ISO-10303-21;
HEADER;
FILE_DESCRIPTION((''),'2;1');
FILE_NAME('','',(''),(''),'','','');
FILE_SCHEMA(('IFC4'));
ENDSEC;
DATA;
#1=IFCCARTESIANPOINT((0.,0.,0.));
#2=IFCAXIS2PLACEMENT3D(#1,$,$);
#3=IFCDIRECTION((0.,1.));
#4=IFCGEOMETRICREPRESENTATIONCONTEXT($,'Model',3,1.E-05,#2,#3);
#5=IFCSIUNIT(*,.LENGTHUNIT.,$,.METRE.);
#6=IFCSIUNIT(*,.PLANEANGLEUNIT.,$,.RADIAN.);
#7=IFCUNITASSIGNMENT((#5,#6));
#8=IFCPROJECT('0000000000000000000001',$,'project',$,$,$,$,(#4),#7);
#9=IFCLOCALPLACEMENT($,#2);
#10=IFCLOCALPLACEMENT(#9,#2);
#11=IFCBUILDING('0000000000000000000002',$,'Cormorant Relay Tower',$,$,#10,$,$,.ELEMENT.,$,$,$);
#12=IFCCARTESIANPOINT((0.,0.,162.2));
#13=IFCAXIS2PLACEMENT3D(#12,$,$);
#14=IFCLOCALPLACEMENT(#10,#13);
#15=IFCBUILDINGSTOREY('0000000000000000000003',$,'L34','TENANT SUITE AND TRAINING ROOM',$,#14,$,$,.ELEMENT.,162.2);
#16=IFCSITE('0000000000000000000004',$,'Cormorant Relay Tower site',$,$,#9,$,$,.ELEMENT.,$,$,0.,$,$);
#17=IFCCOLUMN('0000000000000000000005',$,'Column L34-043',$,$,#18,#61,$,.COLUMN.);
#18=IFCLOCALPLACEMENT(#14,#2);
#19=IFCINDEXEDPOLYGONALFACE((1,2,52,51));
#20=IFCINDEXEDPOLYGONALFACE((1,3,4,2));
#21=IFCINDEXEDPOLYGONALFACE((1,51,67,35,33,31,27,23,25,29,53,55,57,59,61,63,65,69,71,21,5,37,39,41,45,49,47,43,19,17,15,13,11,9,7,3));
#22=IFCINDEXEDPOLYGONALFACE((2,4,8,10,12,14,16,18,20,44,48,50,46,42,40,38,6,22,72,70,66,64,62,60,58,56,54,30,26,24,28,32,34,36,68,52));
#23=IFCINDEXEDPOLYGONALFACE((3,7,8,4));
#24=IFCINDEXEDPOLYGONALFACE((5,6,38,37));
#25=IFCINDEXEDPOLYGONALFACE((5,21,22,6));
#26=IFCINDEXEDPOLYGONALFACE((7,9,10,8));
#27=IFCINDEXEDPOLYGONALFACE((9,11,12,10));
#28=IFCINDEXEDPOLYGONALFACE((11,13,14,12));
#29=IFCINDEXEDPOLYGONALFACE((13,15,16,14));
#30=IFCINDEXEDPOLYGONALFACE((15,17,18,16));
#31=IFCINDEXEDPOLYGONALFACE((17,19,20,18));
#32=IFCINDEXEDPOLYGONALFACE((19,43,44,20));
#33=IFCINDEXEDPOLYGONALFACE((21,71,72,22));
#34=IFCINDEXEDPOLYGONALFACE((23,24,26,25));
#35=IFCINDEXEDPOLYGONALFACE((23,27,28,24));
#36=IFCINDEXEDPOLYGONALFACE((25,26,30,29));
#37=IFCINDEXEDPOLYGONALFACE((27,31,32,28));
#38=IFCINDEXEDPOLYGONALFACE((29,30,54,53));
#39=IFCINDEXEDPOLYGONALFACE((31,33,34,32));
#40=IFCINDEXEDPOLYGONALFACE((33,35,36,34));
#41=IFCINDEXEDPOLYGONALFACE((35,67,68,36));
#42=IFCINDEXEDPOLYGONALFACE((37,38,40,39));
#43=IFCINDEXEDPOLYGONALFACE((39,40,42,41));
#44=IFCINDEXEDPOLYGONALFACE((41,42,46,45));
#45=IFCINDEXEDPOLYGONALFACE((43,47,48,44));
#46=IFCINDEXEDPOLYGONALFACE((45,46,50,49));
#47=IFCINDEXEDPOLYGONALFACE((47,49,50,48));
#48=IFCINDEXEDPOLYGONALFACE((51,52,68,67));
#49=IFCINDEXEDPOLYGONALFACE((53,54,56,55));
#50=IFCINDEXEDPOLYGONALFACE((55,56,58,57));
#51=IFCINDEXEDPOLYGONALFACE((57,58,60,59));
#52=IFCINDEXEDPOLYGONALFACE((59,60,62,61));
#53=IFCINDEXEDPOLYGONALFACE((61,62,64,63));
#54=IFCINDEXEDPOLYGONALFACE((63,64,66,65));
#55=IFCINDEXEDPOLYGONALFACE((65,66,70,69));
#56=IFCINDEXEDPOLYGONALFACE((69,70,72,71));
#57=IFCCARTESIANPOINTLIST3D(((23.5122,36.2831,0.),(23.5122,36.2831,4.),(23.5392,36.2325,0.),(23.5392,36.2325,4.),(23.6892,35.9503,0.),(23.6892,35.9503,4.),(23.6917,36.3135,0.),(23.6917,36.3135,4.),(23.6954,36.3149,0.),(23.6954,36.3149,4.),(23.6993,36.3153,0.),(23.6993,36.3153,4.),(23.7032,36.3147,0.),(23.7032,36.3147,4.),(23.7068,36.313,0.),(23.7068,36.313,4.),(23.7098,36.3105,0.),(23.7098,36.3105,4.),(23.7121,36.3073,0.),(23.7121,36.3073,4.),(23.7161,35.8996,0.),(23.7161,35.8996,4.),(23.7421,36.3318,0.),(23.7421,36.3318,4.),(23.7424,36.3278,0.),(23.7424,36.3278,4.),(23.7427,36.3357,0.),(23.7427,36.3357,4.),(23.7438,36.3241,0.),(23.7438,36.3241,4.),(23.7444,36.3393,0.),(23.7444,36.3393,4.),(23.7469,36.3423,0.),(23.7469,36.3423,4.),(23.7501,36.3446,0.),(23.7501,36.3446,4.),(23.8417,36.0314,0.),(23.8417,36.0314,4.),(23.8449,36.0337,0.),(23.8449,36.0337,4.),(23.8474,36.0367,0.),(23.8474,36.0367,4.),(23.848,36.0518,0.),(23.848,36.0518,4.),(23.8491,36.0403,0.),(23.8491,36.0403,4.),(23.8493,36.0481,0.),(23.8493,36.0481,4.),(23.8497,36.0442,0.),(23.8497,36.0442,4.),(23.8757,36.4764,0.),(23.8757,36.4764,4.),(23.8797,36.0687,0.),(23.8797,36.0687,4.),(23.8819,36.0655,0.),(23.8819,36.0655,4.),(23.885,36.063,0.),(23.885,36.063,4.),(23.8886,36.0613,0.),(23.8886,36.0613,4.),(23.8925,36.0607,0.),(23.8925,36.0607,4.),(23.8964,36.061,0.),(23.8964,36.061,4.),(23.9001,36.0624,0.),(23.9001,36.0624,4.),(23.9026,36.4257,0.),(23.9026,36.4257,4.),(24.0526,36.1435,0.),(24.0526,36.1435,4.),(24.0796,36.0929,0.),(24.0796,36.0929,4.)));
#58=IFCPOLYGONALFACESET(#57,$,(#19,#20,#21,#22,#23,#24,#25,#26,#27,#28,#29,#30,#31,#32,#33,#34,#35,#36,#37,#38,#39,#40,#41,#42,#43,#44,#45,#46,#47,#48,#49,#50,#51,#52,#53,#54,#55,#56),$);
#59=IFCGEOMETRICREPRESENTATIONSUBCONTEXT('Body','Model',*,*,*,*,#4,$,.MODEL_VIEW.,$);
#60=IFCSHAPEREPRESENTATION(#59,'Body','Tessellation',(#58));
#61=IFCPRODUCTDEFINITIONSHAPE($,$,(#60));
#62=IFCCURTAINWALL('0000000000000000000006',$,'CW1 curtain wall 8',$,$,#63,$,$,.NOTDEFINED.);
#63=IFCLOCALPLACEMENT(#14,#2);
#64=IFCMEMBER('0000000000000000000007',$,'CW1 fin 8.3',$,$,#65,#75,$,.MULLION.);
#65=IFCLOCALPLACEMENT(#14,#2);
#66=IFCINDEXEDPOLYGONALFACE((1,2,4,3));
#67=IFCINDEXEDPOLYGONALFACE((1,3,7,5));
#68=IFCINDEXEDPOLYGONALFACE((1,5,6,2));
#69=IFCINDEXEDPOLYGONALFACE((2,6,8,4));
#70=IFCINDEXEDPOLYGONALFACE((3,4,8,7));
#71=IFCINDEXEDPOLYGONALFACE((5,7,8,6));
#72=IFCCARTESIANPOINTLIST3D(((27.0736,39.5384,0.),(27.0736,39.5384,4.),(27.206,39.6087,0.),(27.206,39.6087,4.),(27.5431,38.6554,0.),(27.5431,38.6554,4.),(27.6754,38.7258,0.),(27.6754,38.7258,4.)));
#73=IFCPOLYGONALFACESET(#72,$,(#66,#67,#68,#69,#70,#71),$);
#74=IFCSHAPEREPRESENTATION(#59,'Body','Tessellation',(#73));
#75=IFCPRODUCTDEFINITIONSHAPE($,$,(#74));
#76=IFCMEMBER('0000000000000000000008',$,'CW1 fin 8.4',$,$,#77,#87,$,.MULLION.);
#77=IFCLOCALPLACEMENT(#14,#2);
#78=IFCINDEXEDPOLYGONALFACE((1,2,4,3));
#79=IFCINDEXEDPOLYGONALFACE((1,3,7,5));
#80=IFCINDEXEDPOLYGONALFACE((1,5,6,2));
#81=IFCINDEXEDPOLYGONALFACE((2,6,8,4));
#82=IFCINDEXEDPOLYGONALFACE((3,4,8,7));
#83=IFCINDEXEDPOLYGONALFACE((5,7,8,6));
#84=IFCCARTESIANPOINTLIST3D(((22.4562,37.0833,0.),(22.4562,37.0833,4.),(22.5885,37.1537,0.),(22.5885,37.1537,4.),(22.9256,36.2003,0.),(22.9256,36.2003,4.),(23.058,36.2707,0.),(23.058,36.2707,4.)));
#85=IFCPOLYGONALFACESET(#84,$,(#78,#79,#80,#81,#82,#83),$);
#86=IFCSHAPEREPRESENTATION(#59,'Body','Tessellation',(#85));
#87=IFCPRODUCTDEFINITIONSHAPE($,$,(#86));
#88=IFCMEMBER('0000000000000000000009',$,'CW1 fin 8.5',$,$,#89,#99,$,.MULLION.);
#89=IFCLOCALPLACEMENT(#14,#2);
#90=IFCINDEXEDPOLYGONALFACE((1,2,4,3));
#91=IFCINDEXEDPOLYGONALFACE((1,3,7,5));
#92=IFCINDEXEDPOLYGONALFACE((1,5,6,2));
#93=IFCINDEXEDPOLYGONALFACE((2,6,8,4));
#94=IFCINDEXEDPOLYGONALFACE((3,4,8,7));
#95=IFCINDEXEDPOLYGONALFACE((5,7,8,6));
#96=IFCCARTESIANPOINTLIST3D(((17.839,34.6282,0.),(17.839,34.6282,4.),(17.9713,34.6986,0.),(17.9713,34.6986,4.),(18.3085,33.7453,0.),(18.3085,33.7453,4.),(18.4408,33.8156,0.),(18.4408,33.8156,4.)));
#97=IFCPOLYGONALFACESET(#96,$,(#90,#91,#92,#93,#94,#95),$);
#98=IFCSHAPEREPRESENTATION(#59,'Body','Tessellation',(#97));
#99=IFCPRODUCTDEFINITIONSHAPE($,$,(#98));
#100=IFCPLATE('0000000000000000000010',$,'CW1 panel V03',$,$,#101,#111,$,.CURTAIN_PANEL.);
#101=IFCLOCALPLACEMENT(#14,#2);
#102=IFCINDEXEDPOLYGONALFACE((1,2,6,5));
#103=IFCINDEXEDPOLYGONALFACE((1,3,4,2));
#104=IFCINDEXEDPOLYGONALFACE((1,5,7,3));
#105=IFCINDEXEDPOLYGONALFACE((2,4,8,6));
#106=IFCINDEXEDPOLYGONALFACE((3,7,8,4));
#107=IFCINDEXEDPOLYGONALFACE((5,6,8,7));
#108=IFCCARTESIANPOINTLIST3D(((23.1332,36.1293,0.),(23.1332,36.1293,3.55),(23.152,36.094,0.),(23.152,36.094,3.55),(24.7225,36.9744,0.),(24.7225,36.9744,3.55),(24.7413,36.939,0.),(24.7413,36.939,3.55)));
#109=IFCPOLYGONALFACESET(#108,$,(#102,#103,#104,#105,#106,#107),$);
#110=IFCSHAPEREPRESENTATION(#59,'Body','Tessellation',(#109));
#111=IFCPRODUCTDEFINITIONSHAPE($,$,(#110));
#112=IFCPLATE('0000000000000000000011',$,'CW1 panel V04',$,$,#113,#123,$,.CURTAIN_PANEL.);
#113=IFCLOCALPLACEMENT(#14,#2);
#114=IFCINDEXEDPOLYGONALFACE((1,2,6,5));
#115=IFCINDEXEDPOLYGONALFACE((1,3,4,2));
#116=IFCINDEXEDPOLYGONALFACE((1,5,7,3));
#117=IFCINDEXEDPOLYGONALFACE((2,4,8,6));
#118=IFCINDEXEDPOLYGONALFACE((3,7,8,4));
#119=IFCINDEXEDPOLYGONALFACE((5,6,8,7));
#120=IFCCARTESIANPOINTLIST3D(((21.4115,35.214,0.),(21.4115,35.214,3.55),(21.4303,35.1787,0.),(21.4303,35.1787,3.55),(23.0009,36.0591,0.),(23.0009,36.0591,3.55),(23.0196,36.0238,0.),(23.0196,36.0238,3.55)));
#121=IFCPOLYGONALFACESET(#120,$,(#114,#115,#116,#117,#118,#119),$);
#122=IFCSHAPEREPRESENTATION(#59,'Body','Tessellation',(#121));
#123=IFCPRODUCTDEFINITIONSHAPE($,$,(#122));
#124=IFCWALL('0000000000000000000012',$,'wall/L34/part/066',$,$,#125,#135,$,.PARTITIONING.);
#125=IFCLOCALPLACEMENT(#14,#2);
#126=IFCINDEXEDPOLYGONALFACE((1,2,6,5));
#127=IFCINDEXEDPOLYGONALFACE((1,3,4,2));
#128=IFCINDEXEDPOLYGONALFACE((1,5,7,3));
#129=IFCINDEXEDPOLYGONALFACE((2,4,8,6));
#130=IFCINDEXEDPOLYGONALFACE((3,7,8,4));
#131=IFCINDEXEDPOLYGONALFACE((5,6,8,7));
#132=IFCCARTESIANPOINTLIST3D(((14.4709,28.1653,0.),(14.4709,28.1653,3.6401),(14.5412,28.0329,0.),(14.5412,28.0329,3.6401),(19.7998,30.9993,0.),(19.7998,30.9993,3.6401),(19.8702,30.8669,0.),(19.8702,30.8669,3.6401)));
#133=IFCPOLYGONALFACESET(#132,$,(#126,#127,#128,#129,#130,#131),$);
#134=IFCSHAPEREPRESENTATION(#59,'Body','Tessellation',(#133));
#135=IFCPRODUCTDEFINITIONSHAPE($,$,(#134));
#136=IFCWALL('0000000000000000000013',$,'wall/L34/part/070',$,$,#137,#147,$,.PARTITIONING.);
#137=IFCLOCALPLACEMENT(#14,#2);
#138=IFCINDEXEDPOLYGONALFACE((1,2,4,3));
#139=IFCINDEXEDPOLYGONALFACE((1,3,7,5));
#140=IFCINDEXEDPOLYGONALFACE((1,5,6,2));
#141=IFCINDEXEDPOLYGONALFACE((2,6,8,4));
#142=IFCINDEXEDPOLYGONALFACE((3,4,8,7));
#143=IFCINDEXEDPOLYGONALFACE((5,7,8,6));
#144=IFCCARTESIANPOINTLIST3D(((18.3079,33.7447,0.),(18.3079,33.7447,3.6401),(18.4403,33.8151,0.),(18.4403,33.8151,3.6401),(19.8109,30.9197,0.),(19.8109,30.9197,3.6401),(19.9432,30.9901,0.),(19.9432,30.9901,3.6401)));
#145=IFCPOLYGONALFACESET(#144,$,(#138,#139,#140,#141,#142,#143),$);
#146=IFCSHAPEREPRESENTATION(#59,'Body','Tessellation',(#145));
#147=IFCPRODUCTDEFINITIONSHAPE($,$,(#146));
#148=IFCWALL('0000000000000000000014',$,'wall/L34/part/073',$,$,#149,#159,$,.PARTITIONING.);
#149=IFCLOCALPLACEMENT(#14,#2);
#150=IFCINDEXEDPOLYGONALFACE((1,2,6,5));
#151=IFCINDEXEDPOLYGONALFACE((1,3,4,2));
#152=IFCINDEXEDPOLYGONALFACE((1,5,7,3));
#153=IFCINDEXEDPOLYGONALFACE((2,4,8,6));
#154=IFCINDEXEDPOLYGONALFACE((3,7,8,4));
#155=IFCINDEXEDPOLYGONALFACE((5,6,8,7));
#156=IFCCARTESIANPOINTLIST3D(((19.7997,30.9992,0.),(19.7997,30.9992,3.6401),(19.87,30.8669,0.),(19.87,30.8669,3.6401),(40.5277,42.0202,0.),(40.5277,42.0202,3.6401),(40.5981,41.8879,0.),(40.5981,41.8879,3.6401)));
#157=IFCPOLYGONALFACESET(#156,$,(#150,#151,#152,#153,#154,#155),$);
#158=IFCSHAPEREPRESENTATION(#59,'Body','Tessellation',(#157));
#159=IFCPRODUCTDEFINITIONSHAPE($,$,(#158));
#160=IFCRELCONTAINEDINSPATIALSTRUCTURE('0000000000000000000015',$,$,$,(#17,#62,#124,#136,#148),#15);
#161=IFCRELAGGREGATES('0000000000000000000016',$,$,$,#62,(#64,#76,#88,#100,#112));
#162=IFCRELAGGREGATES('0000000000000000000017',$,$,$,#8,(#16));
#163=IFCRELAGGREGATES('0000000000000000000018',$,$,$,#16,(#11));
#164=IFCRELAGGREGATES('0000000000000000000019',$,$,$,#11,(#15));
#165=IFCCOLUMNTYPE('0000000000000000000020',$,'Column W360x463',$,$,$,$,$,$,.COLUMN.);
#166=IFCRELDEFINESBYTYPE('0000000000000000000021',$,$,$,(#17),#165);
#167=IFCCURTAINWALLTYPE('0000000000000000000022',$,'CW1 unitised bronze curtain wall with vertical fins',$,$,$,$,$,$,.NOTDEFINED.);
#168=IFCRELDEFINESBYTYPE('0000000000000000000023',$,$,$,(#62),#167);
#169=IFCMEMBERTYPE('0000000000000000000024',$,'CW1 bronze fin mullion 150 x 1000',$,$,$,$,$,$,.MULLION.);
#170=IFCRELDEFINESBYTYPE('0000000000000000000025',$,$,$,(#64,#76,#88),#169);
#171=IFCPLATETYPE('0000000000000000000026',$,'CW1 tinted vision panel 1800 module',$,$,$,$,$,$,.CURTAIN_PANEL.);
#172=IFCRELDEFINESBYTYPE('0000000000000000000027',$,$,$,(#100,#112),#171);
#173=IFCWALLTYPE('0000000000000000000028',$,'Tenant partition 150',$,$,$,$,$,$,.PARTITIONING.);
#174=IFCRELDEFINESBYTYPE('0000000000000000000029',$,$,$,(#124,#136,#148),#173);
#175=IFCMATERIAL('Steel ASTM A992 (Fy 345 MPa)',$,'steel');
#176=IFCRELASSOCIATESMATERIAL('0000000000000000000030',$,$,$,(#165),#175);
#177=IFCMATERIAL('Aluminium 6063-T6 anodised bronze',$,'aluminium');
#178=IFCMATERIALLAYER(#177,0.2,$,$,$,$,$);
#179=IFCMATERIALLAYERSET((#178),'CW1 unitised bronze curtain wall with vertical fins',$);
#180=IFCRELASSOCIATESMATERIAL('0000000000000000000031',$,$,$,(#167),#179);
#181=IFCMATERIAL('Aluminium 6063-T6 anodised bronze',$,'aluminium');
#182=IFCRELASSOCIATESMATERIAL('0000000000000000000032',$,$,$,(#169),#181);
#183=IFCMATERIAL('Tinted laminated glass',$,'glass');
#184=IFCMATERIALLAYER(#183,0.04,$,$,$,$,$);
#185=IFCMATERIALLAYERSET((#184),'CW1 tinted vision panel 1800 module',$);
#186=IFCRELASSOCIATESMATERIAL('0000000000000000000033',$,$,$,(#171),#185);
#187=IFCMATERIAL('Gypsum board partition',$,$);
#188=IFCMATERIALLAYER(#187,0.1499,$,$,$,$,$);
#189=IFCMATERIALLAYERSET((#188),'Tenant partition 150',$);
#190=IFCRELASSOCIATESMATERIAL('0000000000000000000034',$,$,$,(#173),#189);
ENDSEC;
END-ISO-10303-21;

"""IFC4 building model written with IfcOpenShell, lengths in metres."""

from ifc_helpers import new_model, si_unit, direction, frame, frame_2d, origin, origin_2d, place, context, subcontext, project, spatial, rectangle, i_section, extrude, material, layer, layer_set, material_profile, profile_set, type_object, element, aggregate, save


model = new_model("IFC4")

# Units and contexts
model_context = context("Model", 3, precision=1e-05, world=origin(), true_north=direction((0.0, 1.0)))
body_context = subcontext(model_context, "Body", "Model", "MODEL_VIEW")
ifc_project = project(units=[si_unit("LENGTHUNIT", "METRE"), si_unit("PLANEANGLEUNIT", "RADIAN")], contexts=[model_context])

# Site, building, storey
site_placement = place(None, origin())
site = spatial("IfcSite", under=ifc_project, at=site_placement, Name="Cormorant Relay Tower site", CompositionType="ELEMENT", RefElevation=0.0)
building_placement = place(site_placement, origin())
building = spatial("IfcBuilding", under=site, at=building_placement, Name="Cormorant Relay Tower", CompositionType="ELEMENT")
storey_placement = place(building_placement, frame((0.0, 0.0, 162.2)))
storey = spatial("IfcBuildingStorey", under=building, at=storey_placement, Name="L34", Description="TENANT SUITE AND TRAINING ROOM", CompositionType="ELEMENT", Elevation=162.2)

# Column
ifc_material_1 = material(Name="Steel ASTM A992 (Fy 345 MPa)", Category="steel")
ifc_material_profile_1 = material_profile(ifc_material_1, i_section(OverallWidth=0.4116, OverallDepth=0.4343, WebThickness=0.0359, FlangeThickness=0.0574, FilletRadius=0.0151, at=origin_2d()), Name="W360x463")
ifc_profile_set_1 = profile_set([ifc_material_profile_1], Name="Steel ASTM A992 (Fy 345 MPa)")
column_type = type_object("IfcColumnType", Name="Column W360x463", PredefinedType="COLUMN", material=ifc_profile_set_1)
column_placement = place(storey_placement, frame((23.7959, 36.188, 0.0), z_axis=(0.0, 0.0, 1.0), x_axis=(-0.882948, -0.469472, 0.0)))
element("IfcColumn", 1, at=column_placement, inside=storey, type_object=column_type, Name="Column L34-043", PredefinedType="COLUMN", context=body_context, shape_type="SweptSolid", body=[
    extrude(i_section(OverallWidth=0.4116, OverallDepth=0.4343, WebThickness=0.0359, FlangeThickness=0.0574, FilletRadius=0.0151, at=origin_2d()), origin(), (0.0, 0.0, 1.0), 4.0),
])

# Curtain wall, members, plates
ifc_material_2 = material(Name="Aluminium 6063-T6 anodised bronze", Category="aluminium")
ifc_layer_1 = layer(ifc_material_2, 0.2)
ifc_layer_set_1 = layer_set([ifc_layer_1], Name="CW1 unitised bronze curtain wall with vertical fins")
curtain_wall_type = type_object("IfcCurtainWallType", Name="CW1 unitised bronze curtain wall with vertical fins", PredefinedType="NOTDEFINED", material=ifc_layer_set_1)
curtain_wall_placement = place(storey_placement, origin())
curtain_wall = element("IfcCurtainWall", 2, at=curtain_wall_placement, inside=storey, type_object=curtain_wall_type, Name="CW1 curtain wall 8", PredefinedType="NOTDEFINED")
ifc_material_3 = material(Name="Aluminium 6063-T6 anodised bronze", Category="aluminium")
ifc_material_profile_2 = material_profile(ifc_material_3, rectangle(XDim=0.1499, YDim=1.0, at=origin_2d()), Name="AL 150x1000")
ifc_profile_set_2 = profile_set([ifc_material_profile_2], Name="Aluminium 6063-T6 anodised bronze")
member_type = type_object("IfcMemberType", Name="CW1 bronze fin mullion 150 x 1000", PredefinedType="MULLION", material=ifc_profile_set_2)
member_1_placement = place(storey_placement, frame((27.3745, 39.1321, 0.0), z_axis=(0.0, 0.0, 1.0), x_axis=(-0.882948, -0.469472, 0.0)))
member_1 = element("IfcMember", 3, at=member_1_placement, type_object=member_type, Name="CW1 fin 8.3", PredefinedType="MULLION", context=body_context, shape_type="SweptSolid", body=[
    extrude(rectangle(XDim=0.1499, YDim=1.0, at=origin_2d()), origin(), (0.0, 0.0, 1.0), 4.0),
])
member_2_placement = place(storey_placement, frame((22.7571, 36.677, 0.0), z_axis=(0.0, 0.0, 1.0), x_axis=(-0.882948, -0.469472, 0.0)))
member_2 = element("IfcMember", 4, at=member_2_placement, type_object=member_type, Name="CW1 fin 8.4", PredefinedType="MULLION", context=body_context, shape_type="SweptSolid", body=[
    extrude(rectangle(XDim=0.1499, YDim=1.0, at=origin_2d()), origin(), (0.0, 0.0, 1.0), 4.0),
])
member_3_placement = place(storey_placement, frame((18.1399, 34.2219, 0.0), z_axis=(0.0, 0.0, 1.0), x_axis=(-0.882948, -0.469472, 0.0)))
member_3 = element("IfcMember", 5, at=member_3_placement, type_object=member_type, Name="CW1 fin 8.5", PredefinedType="MULLION", context=body_context, shape_type="SweptSolid", body=[
    extrude(rectangle(XDim=0.1499, YDim=1.0, at=origin_2d()), origin(), (0.0, 0.0, 1.0), 4.0),
])
ifc_material_4 = material(Name="Tinted laminated glass", Category="glass")
ifc_layer_2 = layer(ifc_material_4, 0.04)
ifc_layer_set_2 = layer_set([ifc_layer_2], Name="CW1 tinted vision panel 1800 module")
plate_type = type_object("IfcPlateType", Name="CW1 tinted vision panel 1800 module", PredefinedType="CURTAIN_PANEL", material=ifc_layer_set_2)
plate_1_placement = place(storey_placement, frame((23.9373, 36.5342, 0.0), z_axis=(0.0, 0.0, 1.0), x_axis=(-0.882948, -0.469472, 0.0)))
plate_1 = element("IfcPlate", 6, at=plate_1_placement, type_object=plate_type, Name="CW1 panel V03", PredefinedType="CURTAIN_PANEL", context=body_context, shape_type="SweptSolid", body=[
    extrude(rectangle(XDim=1.8, YDim=0.04, at=origin_2d()), origin(), (0.0, 0.0, 1.0), 3.55),
])
plate_2_placement = place(storey_placement, frame((22.2156, 35.6189, 0.0), z_axis=(0.0, 0.0, 1.0), x_axis=(-0.882948, -0.469472, 0.0)))
plate_2 = element("IfcPlate", 7, at=plate_2_placement, type_object=plate_type, Name="CW1 panel V04", PredefinedType="CURTAIN_PANEL", context=body_context, shape_type="SweptSolid", body=[
    extrude(rectangle(XDim=1.8, YDim=0.04, at=origin_2d()), origin(), (0.0, 0.0, 1.0), 3.55),
])

# Walls
ifc_material_5 = material(Name="Gypsum board partition")
ifc_layer_3 = layer(ifc_material_5, 0.1499)
ifc_layer_set_3 = layer_set([ifc_layer_3], Name="Tenant partition 150")
wall_type = type_object("IfcWallType", Name="Tenant partition 150", PredefinedType="PARTITIONING", material=ifc_layer_set_3)
wall_1_placement = place(storey_placement, frame((19.835, 30.9331, 0.0), z_axis=(0.0, 0.0, 1.0), x_axis=(-0.882908, -0.469547, 0.0)))
element("IfcWall", 8, at=wall_1_placement, inside=storey, type_object=wall_type, Name="wall/L34/part/066", PredefinedType="PARTITIONING", context=body_context, shape_type="SweptSolid", body=[
    extrude(rectangle(XDim=6.0356, YDim=0.1499, at=frame_2d((3.0178, 0.0))), origin(), (0.0, 0.0, 1.0), 3.6401),
])
wall_2_placement = place(storey_placement, frame((18.374, 33.78, 0.0), z_axis=(0.0, 0.0, 1.0), x_axis=(0.469685, -0.882834, 0.0)))
element("IfcWall", 9, at=wall_2_placement, inside=storey, type_object=wall_type, Name="wall/L34/part/070", PredefinedType="PARTITIONING", context=body_context, shape_type="SweptSolid", body=[
    extrude(rectangle(XDim=3.2, YDim=0.1499, at=frame_2d((1.6001, 0.0))), origin(), (0.0, 0.0, 1.0), 3.6401),
])
wall_3_placement = place(storey_placement, frame((19.835, 30.9331, 0.0), z_axis=(0.0, 0.0, 1.0), x_axis=(0.882953, 0.469462, 0.0)))
element("IfcWall", 10, at=wall_3_placement, inside=storey, type_object=wall_type, Name="wall/L34/part/073", PredefinedType="PARTITIONING", context=body_context, shape_type="SweptSolid", body=[
    extrude(rectangle(XDim=23.4758, YDim=0.1499, at=frame_2d((11.7378, 0.0))), origin(), (0.0, 0.0, 1.0), 3.6401),
])

aggregate(curtain_wall, [member_1, member_2, member_3, plate_1, plate_2])

save(model, "model.ifc")
